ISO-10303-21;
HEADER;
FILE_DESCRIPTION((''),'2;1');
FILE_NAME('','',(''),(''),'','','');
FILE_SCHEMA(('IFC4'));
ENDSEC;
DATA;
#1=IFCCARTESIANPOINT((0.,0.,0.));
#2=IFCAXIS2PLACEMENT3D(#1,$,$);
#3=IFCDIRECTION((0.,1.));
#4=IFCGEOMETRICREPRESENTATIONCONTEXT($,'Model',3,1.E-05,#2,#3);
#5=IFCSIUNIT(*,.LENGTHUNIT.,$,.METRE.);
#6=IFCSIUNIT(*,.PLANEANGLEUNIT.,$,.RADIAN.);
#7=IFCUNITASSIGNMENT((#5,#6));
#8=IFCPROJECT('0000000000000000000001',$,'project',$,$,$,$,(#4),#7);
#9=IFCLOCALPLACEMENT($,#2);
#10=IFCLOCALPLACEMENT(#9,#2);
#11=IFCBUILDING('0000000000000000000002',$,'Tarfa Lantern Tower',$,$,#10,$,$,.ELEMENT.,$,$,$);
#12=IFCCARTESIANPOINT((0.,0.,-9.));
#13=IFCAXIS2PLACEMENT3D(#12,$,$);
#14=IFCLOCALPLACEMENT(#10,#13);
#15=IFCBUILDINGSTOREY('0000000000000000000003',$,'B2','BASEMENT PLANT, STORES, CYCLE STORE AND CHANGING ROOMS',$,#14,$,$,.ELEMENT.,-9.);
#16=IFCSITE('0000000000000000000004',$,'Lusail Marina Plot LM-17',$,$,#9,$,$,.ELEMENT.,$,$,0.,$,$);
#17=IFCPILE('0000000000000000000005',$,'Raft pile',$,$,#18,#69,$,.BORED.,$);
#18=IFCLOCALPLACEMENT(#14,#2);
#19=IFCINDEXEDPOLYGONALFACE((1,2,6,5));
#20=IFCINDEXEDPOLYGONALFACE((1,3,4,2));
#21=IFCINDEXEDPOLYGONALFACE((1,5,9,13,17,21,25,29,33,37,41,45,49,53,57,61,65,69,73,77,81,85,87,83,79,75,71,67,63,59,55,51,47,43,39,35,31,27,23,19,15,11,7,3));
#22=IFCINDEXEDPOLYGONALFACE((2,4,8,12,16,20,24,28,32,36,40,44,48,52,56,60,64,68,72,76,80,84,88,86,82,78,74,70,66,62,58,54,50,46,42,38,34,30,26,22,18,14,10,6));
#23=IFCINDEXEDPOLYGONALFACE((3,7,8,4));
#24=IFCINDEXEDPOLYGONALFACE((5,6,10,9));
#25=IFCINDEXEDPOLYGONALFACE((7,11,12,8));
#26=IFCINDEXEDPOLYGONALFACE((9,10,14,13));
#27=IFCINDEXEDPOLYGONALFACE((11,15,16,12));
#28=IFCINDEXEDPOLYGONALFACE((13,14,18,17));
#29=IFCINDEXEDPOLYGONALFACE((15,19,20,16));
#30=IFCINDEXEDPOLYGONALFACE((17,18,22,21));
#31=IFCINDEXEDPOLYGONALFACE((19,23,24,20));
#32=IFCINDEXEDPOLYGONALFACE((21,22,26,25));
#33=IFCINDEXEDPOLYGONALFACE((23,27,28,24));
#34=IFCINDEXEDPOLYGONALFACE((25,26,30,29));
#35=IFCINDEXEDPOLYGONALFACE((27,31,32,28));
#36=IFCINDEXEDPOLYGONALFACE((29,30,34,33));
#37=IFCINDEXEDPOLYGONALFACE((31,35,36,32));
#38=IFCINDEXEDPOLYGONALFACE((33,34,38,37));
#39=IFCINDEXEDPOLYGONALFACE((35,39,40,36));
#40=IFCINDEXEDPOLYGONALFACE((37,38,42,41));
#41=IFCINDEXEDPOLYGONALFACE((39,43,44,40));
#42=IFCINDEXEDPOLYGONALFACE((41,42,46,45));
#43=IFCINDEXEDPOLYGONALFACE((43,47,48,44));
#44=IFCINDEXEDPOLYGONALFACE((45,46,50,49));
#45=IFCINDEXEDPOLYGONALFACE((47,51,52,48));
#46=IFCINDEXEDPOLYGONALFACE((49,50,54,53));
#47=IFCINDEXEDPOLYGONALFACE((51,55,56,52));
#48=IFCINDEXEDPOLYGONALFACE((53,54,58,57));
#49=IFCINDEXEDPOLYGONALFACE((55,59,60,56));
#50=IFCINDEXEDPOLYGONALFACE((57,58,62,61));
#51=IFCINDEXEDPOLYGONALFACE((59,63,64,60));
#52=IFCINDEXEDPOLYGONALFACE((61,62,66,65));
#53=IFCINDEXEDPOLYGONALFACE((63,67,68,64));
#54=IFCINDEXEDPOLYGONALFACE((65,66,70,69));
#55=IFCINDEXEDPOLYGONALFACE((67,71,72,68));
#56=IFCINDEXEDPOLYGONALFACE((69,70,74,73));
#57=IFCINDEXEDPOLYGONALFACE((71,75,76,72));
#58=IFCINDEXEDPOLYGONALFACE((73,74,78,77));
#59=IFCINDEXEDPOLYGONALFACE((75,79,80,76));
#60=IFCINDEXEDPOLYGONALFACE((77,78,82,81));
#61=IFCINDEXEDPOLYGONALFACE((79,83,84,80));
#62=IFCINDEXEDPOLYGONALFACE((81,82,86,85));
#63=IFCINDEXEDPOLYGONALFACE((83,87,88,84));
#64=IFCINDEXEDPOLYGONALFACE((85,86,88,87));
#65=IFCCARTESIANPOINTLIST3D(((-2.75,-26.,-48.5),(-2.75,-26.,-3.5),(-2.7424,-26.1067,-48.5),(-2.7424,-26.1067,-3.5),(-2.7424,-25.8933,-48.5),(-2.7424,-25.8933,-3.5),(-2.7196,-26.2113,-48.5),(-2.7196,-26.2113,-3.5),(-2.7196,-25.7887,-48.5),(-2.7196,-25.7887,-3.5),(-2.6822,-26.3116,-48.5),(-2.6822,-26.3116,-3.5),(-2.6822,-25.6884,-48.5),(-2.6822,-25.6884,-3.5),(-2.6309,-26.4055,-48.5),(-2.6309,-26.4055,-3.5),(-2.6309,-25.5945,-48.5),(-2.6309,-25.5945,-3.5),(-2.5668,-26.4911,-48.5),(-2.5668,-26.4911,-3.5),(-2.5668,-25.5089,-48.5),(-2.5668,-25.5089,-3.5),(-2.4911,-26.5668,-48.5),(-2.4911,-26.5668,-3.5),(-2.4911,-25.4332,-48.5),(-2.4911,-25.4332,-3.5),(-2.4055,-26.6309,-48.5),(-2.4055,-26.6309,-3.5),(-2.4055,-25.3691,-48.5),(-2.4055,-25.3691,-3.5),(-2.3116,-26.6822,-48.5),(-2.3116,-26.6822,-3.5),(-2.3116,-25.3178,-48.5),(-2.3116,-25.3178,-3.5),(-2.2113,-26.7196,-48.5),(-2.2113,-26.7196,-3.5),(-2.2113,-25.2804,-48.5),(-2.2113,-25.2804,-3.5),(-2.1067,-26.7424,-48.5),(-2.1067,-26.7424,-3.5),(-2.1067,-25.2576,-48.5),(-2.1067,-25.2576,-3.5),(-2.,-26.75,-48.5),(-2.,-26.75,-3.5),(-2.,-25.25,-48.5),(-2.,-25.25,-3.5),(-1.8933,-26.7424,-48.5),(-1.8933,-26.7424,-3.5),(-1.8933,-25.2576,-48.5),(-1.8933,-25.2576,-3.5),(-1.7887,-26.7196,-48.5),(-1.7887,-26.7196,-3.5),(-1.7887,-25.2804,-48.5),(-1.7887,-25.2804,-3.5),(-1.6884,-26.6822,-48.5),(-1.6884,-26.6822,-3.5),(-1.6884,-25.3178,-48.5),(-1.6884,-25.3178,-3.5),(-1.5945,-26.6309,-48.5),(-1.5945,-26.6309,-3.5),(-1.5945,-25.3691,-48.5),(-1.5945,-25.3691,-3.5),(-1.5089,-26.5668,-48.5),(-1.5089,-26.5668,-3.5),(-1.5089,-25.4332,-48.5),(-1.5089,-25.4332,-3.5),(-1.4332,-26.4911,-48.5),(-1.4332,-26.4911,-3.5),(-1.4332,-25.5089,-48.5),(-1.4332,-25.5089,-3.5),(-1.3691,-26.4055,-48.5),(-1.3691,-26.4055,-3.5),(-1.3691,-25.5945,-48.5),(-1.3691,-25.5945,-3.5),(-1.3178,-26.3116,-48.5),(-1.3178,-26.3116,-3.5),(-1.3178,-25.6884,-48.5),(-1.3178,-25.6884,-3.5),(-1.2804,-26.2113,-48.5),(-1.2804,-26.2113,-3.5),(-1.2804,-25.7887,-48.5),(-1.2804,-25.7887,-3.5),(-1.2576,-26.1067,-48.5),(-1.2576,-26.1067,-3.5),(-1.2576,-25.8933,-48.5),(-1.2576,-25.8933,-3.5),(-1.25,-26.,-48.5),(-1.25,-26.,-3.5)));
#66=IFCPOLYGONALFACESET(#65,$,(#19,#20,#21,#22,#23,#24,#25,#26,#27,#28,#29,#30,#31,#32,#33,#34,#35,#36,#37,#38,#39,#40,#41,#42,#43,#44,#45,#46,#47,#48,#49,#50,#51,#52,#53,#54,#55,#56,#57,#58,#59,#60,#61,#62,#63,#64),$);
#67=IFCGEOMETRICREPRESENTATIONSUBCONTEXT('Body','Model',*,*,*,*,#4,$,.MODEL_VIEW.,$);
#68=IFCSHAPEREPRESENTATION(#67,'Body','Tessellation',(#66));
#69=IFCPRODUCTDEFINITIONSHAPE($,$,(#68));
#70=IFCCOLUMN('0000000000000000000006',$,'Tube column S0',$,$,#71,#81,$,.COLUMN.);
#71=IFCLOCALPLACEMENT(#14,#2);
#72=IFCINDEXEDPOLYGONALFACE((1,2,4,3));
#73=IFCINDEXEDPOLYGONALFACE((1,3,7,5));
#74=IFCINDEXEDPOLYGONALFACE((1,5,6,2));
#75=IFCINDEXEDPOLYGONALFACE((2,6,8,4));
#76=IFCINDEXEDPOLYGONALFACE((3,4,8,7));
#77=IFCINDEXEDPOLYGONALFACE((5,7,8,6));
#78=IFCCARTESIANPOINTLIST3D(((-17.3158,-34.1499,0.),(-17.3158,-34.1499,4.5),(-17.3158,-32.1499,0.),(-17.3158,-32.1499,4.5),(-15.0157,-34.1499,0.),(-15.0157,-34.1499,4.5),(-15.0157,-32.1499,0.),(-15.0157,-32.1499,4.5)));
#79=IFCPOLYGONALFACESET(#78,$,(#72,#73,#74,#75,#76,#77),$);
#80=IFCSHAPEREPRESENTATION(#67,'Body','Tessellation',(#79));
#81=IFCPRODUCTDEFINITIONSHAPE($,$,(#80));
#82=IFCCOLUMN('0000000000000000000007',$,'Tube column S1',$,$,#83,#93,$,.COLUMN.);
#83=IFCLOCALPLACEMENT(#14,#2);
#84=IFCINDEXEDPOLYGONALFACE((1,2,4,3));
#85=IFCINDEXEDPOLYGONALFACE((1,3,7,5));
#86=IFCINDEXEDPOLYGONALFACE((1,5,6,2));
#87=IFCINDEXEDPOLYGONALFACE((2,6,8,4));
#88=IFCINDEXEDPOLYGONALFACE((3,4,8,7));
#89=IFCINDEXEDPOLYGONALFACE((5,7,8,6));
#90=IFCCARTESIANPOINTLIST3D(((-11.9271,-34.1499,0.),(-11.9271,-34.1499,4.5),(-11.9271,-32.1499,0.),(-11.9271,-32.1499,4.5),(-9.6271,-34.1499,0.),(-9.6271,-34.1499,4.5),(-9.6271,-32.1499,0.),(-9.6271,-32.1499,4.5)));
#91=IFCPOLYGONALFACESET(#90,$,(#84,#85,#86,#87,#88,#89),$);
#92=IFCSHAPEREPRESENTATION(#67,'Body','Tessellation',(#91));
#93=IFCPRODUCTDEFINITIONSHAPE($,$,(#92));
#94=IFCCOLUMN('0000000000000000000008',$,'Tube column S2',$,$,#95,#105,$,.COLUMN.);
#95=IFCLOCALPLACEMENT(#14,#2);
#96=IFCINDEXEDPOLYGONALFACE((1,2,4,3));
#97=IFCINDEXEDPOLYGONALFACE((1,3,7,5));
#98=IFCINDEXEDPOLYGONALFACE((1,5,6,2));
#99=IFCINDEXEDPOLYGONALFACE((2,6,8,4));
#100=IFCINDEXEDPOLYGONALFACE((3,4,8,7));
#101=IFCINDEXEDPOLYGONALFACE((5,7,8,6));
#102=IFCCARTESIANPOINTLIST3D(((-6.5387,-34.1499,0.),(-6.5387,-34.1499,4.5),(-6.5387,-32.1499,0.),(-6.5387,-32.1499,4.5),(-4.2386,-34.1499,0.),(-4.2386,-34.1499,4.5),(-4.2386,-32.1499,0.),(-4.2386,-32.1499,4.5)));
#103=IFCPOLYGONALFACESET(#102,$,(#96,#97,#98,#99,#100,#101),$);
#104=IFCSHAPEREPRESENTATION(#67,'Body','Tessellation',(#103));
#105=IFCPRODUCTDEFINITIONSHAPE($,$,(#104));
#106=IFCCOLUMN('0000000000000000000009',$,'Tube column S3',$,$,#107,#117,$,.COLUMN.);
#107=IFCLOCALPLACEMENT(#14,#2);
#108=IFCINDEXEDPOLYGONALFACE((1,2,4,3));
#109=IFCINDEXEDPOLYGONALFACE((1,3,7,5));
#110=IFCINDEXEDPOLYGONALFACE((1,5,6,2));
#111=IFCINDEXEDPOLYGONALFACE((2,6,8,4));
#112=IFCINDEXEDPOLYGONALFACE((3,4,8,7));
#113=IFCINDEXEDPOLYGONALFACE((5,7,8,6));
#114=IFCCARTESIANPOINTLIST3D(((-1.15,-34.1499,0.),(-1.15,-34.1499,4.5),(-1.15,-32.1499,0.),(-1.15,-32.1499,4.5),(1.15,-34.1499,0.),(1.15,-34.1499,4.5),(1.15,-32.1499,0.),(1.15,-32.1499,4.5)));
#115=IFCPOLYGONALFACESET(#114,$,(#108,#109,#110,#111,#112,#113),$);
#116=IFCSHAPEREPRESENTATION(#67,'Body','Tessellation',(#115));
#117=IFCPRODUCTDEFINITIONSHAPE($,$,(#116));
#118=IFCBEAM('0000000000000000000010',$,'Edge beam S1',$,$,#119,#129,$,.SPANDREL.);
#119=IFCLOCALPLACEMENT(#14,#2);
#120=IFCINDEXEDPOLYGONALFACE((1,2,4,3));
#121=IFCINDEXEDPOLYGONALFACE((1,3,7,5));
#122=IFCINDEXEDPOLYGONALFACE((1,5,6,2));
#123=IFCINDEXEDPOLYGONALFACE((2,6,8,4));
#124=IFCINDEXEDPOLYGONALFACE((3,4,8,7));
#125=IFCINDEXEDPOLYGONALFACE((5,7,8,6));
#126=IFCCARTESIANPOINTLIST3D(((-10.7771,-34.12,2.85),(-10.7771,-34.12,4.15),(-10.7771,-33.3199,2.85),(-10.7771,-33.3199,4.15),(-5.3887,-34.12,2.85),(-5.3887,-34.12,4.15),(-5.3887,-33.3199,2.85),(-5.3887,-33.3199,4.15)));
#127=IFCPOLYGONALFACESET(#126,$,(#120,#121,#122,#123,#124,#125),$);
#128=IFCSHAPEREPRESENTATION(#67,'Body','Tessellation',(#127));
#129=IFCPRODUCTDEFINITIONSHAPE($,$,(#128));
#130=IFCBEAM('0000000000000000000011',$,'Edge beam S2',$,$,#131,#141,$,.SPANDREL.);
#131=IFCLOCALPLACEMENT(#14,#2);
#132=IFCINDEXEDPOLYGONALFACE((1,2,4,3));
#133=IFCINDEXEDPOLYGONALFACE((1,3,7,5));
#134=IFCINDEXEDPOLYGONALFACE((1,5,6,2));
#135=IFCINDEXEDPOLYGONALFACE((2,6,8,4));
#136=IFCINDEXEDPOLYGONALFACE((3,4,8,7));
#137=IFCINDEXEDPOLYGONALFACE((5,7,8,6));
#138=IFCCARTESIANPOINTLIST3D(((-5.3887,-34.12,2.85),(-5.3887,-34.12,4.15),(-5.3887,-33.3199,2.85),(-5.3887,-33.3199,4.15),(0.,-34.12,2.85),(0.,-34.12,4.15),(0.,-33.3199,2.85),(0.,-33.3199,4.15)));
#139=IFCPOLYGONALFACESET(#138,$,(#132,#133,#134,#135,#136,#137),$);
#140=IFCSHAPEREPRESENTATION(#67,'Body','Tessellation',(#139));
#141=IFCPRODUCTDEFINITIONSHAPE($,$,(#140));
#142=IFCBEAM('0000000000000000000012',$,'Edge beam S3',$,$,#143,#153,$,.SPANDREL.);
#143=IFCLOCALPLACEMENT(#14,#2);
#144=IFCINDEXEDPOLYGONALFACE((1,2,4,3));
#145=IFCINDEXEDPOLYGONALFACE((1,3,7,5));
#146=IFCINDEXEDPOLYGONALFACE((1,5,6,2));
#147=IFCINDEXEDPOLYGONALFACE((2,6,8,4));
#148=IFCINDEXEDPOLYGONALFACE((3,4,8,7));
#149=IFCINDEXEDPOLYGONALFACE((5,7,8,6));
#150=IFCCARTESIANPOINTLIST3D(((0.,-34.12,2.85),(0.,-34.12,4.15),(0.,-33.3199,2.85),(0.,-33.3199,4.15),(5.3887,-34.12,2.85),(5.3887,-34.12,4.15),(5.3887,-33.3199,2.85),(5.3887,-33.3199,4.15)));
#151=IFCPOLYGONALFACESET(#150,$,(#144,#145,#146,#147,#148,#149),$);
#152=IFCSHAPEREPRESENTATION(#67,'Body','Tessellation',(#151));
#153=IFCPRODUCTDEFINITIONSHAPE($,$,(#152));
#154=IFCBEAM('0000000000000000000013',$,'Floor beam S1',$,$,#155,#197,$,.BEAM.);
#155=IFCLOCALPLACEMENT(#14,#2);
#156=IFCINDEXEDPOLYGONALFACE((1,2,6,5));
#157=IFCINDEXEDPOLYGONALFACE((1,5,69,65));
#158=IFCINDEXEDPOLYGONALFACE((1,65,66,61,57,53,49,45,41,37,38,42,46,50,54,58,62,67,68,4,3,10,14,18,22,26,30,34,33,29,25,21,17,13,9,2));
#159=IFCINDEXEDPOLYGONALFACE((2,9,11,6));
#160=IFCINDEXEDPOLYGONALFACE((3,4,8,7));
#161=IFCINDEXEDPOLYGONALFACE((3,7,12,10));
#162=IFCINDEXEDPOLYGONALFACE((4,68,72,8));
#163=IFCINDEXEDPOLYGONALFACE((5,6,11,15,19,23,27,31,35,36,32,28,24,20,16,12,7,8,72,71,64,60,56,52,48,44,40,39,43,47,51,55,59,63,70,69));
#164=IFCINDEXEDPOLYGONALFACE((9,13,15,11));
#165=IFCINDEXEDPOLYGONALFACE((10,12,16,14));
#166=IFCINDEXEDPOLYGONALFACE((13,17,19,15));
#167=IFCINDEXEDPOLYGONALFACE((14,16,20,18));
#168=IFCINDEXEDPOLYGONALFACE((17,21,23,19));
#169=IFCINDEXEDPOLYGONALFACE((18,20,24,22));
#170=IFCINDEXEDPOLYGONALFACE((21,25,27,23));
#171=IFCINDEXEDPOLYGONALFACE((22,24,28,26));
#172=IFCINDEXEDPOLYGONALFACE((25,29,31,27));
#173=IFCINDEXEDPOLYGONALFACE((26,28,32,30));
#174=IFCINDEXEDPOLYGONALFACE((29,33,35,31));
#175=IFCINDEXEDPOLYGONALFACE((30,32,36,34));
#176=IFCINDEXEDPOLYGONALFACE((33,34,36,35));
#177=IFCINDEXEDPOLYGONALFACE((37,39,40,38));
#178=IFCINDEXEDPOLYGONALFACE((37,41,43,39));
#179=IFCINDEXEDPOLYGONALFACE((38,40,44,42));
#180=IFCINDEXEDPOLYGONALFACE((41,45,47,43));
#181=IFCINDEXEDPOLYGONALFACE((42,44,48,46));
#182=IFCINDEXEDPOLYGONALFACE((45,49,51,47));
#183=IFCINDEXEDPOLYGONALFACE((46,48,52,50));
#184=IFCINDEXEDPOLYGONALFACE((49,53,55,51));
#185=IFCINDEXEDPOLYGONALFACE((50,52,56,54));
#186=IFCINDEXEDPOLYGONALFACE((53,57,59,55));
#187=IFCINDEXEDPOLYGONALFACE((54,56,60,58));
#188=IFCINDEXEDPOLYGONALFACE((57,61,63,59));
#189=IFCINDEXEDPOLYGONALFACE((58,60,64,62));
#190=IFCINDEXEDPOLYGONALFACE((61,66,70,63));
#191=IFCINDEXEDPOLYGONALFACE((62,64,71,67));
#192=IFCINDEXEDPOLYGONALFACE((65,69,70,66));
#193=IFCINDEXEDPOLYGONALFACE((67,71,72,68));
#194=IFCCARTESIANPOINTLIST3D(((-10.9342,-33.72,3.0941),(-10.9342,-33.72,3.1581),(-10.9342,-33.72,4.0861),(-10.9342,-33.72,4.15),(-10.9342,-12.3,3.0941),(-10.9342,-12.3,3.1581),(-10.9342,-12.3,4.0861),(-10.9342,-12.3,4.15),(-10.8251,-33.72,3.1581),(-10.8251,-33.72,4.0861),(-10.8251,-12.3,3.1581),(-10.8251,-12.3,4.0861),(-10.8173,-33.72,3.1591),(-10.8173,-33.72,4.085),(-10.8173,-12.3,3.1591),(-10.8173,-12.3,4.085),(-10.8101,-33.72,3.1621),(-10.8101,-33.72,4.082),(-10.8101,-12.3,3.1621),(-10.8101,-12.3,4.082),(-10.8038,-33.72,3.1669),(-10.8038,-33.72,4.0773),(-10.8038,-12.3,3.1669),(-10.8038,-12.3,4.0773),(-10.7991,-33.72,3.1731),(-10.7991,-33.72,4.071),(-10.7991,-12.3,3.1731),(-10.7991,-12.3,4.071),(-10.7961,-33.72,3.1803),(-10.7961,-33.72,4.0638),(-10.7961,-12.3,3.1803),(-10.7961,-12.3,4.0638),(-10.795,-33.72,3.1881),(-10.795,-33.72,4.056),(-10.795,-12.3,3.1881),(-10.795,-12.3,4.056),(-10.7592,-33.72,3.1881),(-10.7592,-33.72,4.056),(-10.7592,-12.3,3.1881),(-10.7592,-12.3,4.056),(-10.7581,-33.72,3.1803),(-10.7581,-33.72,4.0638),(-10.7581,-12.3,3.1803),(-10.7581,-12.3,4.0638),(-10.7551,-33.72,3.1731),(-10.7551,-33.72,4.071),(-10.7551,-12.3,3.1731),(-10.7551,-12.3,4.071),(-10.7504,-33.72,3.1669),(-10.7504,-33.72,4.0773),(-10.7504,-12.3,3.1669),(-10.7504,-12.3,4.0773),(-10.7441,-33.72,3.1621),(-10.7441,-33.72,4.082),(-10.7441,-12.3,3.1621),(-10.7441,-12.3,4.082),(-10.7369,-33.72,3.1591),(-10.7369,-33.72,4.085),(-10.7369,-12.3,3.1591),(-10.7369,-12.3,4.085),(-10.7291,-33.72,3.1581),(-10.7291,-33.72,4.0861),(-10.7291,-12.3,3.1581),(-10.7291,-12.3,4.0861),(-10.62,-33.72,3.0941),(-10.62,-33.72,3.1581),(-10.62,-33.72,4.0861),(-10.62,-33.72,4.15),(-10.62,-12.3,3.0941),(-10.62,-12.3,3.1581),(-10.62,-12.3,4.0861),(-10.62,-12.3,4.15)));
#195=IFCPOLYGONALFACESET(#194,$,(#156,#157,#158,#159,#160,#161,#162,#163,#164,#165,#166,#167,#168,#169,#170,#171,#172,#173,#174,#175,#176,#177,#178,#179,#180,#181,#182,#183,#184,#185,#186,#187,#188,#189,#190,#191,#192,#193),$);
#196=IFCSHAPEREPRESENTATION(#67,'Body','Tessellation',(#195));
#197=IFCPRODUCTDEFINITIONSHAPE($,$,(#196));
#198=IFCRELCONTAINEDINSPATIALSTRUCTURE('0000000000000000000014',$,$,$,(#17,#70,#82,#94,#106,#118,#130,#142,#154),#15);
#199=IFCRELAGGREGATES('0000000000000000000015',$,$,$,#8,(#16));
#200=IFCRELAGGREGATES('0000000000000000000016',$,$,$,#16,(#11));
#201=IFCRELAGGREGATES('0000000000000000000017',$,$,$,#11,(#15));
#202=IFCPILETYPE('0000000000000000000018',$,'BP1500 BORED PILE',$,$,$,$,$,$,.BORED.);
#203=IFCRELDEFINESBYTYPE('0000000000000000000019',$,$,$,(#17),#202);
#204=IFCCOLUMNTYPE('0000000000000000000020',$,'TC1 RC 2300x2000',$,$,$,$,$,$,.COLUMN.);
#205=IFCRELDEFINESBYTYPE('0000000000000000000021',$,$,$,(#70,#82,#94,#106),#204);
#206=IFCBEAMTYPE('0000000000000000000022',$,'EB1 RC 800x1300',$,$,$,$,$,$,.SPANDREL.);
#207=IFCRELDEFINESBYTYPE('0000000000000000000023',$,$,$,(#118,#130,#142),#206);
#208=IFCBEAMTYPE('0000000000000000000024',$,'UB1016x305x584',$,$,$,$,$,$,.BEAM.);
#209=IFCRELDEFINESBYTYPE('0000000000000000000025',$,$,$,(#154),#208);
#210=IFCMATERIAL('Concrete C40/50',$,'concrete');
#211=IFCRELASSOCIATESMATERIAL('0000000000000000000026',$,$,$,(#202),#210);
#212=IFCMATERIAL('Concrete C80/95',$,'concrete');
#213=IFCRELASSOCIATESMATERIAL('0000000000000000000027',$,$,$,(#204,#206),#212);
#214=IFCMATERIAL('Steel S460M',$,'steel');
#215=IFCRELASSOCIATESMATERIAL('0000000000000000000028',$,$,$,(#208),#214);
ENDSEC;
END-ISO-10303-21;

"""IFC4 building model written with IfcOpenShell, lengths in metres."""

from ifc_helpers import new_model, si_unit, direction, frame, origin, origin_2d, place, context, subcontext, project, spatial, rectangle, circle, i_section, extrude, material, material_profile, profile_set, type_object, element, save


model = new_model("IFC4")

# Units and contexts
model_context = context("Model", 3, precision=1e-05, world=origin(), true_north=direction((0.0, 1.0)))
body_context = subcontext(model_context, "Body", "Model", "MODEL_VIEW")
ifc_project = project(units=[si_unit("LENGTHUNIT", "METRE"), si_unit("PLANEANGLEUNIT", "RADIAN")], contexts=[model_context])

# Site, building, storey
site_placement = place(None, origin())
site = spatial("IfcSite", under=ifc_project, at=site_placement, Name="Lusail Marina Plot LM-17", CompositionType="ELEMENT", RefElevation=0.0)
building_placement = place(site_placement, origin())
building = spatial("IfcBuilding", under=site, at=building_placement, Name="Tarfa Lantern Tower", CompositionType="ELEMENT")
storey_placement = place(building_placement, frame((0.0, 0.0, -9.0)))
storey = spatial("IfcBuildingStorey", under=building, at=storey_placement, Name="B2", Description="BASEMENT PLANT, STORES, CYCLE STORE AND CHANGING ROOMS", CompositionType="ELEMENT", Elevation=-9.0)

# Pile
ifc_material_1 = material(Name="Concrete C40/50", Category="concrete")
ifc_material_profile_1 = material_profile(ifc_material_1, circle(Radius=0.75, at=origin_2d()), Name="BORED PILE D1500")
ifc_profile_set_1 = profile_set([ifc_material_profile_1], Name="Concrete C40/50")
pile_type = type_object("IfcPileType", Name="BP1500 BORED PILE", PredefinedType="BORED", material=ifc_profile_set_1)
for number, where, z_axis, x_axis, name in (
    (1, (-2.0, -26.0, -3.5), (0.0, 0.0, -1.0), (1.0, 0.0, 0.0), "Raft pile"),
):
    element("IfcPile", number, at=place(storey_placement, frame(where, z_axis=z_axis, x_axis=x_axis)), inside=storey, type_object=pile_type, Name=name, PredefinedType="BORED", context=body_context, shape_type="SweptSolid", body=[
        extrude(circle(Radius=0.75, at=origin_2d()), origin(), (0.0, 0.0, 1.0), 45.0),
    ])

# Columns
ifc_material_2 = material(Name="Concrete C80/95", Category="concrete")
ifc_material_profile_2 = material_profile(ifc_material_2, rectangle(XDim=2.3, YDim=2.0, at=origin_2d()), Name="RC 2300x2000")
ifc_profile_set_2 = profile_set([ifc_material_profile_2], Name="Concrete C80/95")
column_type = type_object("IfcColumnType", Name="TC1 RC 2300x2000", PredefinedType="COLUMN", material=ifc_profile_set_2)
for number, where, z_axis, x_axis, name in (
    (2, (-16.1658, -33.1499, 0.0), (0.0, 0.0, 1.0), (1.0, 0.0, 0.0), "Tube column S0"),
    (3, (-10.7771, -33.1499, 0.0), (0.0, 0.0, 1.0), (1.0, 0.0, 0.0), "Tube column S1"),
    (4, (-5.3887, -33.1499, 0.0), (0.0, 0.0, 1.0), (1.0, 0.0, 0.0), "Tube column S2"),
    (5, (0.0, -33.1499, 0.0), (0.0, 0.0, 1.0), (1.0, 0.0, 0.0), "Tube column S3"),
):
    element("IfcColumn", number, at=place(storey_placement, frame(where, z_axis=z_axis, x_axis=x_axis)), inside=storey, type_object=column_type, Name=name, PredefinedType="COLUMN", context=body_context, shape_type="SweptSolid", body=[
        extrude(rectangle(XDim=2.3, YDim=2.0, at=origin_2d()), origin(), (0.0, 0.0, 1.0), 4.5),
    ])

# Beams
ifc_material_profile_3 = material_profile(ifc_material_2, rectangle(XDim=0.8, YDim=1.3, at=origin_2d()), Name="RC 800x1300")
ifc_profile_set_3 = profile_set([ifc_material_profile_3], Name="Concrete C80/95")
beam_type_1 = type_object("IfcBeamType", Name="EB1 RC 800x1300", PredefinedType="SPANDREL", material=ifc_profile_set_3)
beam_placement = place(storey_placement, frame((-10.7771, -33.72, 3.5), z_axis=(1.0, 0.0, 0.0), x_axis=(0.0, 1.0, 0.0)))
element("IfcBeam", 6, at=beam_placement, inside=storey, type_object=beam_type_1, Name="Edge beam S1", PredefinedType="SPANDREL", context=body_context, shape_type="SweptSolid", body=[
    extrude(rectangle(XDim=0.8, YDim=1.3, at=origin_2d()), origin(), (0.0, 0.0, 1.0), 5.3884),
])
for number, where, z_axis, x_axis, name in (
    (7, (-5.3887, -33.72, 3.5), (1.0, 0.0, 0.0), (0.0, 1.0, 0.0), "Edge beam S2"),
    (8, (0.0, -33.72, 3.5), (1.0, 0.0, 0.0), (0.0, 1.0, 0.0), "Edge beam S3"),
):
    element("IfcBeam", number, at=place(storey_placement, frame(where, z_axis=z_axis, x_axis=x_axis)), inside=storey, type_object=beam_type_1, Name=name, PredefinedType="SPANDREL", context=body_context, shape_type="SweptSolid", body=[
        extrude(rectangle(XDim=0.8, YDim=1.3, at=origin_2d()), origin(), (0.0, 0.0, 1.0), 5.3887),
    ])
ifc_material_3 = material(Name="Steel S460M", Category="steel")
ifc_material_profile_4 = material_profile(ifc_material_3, i_section(OverallWidth=0.3142, OverallDepth=1.0559, WebThickness=0.0359, FlangeThickness=0.064, FilletRadius=0.03, at=origin_2d()), Name="UB1016x305x584")
ifc_profile_set_4 = profile_set([ifc_material_profile_4], Name="Steel S460M")
beam_type_2 = type_object("IfcBeamType", Name="UB1016x305x584", PredefinedType="BEAM", material=ifc_profile_set_4)
for number, where, z_axis, x_axis, name in (
    (9, (-10.7771, -33.72, 3.6221), (0.0, 1.0, 0.0), (-1.0, 0.0, 0.0), "Floor beam S1"),
):
    element("IfcBeam", number, at=place(storey_placement, frame(where, z_axis=z_axis, x_axis=x_axis)), inside=storey, type_object=beam_type_2, Name=name, PredefinedType="BEAM", context=body_context, shape_type="SweptSolid", body=[
        extrude(i_section(OverallWidth=0.3142, OverallDepth=1.0559, WebThickness=0.0359, FlangeThickness=0.064, FilletRadius=0.03, at=origin_2d()), origin(), (0.0, 0.0, 1.0), 21.4199),
    ])

save(model, "model.ifc")
